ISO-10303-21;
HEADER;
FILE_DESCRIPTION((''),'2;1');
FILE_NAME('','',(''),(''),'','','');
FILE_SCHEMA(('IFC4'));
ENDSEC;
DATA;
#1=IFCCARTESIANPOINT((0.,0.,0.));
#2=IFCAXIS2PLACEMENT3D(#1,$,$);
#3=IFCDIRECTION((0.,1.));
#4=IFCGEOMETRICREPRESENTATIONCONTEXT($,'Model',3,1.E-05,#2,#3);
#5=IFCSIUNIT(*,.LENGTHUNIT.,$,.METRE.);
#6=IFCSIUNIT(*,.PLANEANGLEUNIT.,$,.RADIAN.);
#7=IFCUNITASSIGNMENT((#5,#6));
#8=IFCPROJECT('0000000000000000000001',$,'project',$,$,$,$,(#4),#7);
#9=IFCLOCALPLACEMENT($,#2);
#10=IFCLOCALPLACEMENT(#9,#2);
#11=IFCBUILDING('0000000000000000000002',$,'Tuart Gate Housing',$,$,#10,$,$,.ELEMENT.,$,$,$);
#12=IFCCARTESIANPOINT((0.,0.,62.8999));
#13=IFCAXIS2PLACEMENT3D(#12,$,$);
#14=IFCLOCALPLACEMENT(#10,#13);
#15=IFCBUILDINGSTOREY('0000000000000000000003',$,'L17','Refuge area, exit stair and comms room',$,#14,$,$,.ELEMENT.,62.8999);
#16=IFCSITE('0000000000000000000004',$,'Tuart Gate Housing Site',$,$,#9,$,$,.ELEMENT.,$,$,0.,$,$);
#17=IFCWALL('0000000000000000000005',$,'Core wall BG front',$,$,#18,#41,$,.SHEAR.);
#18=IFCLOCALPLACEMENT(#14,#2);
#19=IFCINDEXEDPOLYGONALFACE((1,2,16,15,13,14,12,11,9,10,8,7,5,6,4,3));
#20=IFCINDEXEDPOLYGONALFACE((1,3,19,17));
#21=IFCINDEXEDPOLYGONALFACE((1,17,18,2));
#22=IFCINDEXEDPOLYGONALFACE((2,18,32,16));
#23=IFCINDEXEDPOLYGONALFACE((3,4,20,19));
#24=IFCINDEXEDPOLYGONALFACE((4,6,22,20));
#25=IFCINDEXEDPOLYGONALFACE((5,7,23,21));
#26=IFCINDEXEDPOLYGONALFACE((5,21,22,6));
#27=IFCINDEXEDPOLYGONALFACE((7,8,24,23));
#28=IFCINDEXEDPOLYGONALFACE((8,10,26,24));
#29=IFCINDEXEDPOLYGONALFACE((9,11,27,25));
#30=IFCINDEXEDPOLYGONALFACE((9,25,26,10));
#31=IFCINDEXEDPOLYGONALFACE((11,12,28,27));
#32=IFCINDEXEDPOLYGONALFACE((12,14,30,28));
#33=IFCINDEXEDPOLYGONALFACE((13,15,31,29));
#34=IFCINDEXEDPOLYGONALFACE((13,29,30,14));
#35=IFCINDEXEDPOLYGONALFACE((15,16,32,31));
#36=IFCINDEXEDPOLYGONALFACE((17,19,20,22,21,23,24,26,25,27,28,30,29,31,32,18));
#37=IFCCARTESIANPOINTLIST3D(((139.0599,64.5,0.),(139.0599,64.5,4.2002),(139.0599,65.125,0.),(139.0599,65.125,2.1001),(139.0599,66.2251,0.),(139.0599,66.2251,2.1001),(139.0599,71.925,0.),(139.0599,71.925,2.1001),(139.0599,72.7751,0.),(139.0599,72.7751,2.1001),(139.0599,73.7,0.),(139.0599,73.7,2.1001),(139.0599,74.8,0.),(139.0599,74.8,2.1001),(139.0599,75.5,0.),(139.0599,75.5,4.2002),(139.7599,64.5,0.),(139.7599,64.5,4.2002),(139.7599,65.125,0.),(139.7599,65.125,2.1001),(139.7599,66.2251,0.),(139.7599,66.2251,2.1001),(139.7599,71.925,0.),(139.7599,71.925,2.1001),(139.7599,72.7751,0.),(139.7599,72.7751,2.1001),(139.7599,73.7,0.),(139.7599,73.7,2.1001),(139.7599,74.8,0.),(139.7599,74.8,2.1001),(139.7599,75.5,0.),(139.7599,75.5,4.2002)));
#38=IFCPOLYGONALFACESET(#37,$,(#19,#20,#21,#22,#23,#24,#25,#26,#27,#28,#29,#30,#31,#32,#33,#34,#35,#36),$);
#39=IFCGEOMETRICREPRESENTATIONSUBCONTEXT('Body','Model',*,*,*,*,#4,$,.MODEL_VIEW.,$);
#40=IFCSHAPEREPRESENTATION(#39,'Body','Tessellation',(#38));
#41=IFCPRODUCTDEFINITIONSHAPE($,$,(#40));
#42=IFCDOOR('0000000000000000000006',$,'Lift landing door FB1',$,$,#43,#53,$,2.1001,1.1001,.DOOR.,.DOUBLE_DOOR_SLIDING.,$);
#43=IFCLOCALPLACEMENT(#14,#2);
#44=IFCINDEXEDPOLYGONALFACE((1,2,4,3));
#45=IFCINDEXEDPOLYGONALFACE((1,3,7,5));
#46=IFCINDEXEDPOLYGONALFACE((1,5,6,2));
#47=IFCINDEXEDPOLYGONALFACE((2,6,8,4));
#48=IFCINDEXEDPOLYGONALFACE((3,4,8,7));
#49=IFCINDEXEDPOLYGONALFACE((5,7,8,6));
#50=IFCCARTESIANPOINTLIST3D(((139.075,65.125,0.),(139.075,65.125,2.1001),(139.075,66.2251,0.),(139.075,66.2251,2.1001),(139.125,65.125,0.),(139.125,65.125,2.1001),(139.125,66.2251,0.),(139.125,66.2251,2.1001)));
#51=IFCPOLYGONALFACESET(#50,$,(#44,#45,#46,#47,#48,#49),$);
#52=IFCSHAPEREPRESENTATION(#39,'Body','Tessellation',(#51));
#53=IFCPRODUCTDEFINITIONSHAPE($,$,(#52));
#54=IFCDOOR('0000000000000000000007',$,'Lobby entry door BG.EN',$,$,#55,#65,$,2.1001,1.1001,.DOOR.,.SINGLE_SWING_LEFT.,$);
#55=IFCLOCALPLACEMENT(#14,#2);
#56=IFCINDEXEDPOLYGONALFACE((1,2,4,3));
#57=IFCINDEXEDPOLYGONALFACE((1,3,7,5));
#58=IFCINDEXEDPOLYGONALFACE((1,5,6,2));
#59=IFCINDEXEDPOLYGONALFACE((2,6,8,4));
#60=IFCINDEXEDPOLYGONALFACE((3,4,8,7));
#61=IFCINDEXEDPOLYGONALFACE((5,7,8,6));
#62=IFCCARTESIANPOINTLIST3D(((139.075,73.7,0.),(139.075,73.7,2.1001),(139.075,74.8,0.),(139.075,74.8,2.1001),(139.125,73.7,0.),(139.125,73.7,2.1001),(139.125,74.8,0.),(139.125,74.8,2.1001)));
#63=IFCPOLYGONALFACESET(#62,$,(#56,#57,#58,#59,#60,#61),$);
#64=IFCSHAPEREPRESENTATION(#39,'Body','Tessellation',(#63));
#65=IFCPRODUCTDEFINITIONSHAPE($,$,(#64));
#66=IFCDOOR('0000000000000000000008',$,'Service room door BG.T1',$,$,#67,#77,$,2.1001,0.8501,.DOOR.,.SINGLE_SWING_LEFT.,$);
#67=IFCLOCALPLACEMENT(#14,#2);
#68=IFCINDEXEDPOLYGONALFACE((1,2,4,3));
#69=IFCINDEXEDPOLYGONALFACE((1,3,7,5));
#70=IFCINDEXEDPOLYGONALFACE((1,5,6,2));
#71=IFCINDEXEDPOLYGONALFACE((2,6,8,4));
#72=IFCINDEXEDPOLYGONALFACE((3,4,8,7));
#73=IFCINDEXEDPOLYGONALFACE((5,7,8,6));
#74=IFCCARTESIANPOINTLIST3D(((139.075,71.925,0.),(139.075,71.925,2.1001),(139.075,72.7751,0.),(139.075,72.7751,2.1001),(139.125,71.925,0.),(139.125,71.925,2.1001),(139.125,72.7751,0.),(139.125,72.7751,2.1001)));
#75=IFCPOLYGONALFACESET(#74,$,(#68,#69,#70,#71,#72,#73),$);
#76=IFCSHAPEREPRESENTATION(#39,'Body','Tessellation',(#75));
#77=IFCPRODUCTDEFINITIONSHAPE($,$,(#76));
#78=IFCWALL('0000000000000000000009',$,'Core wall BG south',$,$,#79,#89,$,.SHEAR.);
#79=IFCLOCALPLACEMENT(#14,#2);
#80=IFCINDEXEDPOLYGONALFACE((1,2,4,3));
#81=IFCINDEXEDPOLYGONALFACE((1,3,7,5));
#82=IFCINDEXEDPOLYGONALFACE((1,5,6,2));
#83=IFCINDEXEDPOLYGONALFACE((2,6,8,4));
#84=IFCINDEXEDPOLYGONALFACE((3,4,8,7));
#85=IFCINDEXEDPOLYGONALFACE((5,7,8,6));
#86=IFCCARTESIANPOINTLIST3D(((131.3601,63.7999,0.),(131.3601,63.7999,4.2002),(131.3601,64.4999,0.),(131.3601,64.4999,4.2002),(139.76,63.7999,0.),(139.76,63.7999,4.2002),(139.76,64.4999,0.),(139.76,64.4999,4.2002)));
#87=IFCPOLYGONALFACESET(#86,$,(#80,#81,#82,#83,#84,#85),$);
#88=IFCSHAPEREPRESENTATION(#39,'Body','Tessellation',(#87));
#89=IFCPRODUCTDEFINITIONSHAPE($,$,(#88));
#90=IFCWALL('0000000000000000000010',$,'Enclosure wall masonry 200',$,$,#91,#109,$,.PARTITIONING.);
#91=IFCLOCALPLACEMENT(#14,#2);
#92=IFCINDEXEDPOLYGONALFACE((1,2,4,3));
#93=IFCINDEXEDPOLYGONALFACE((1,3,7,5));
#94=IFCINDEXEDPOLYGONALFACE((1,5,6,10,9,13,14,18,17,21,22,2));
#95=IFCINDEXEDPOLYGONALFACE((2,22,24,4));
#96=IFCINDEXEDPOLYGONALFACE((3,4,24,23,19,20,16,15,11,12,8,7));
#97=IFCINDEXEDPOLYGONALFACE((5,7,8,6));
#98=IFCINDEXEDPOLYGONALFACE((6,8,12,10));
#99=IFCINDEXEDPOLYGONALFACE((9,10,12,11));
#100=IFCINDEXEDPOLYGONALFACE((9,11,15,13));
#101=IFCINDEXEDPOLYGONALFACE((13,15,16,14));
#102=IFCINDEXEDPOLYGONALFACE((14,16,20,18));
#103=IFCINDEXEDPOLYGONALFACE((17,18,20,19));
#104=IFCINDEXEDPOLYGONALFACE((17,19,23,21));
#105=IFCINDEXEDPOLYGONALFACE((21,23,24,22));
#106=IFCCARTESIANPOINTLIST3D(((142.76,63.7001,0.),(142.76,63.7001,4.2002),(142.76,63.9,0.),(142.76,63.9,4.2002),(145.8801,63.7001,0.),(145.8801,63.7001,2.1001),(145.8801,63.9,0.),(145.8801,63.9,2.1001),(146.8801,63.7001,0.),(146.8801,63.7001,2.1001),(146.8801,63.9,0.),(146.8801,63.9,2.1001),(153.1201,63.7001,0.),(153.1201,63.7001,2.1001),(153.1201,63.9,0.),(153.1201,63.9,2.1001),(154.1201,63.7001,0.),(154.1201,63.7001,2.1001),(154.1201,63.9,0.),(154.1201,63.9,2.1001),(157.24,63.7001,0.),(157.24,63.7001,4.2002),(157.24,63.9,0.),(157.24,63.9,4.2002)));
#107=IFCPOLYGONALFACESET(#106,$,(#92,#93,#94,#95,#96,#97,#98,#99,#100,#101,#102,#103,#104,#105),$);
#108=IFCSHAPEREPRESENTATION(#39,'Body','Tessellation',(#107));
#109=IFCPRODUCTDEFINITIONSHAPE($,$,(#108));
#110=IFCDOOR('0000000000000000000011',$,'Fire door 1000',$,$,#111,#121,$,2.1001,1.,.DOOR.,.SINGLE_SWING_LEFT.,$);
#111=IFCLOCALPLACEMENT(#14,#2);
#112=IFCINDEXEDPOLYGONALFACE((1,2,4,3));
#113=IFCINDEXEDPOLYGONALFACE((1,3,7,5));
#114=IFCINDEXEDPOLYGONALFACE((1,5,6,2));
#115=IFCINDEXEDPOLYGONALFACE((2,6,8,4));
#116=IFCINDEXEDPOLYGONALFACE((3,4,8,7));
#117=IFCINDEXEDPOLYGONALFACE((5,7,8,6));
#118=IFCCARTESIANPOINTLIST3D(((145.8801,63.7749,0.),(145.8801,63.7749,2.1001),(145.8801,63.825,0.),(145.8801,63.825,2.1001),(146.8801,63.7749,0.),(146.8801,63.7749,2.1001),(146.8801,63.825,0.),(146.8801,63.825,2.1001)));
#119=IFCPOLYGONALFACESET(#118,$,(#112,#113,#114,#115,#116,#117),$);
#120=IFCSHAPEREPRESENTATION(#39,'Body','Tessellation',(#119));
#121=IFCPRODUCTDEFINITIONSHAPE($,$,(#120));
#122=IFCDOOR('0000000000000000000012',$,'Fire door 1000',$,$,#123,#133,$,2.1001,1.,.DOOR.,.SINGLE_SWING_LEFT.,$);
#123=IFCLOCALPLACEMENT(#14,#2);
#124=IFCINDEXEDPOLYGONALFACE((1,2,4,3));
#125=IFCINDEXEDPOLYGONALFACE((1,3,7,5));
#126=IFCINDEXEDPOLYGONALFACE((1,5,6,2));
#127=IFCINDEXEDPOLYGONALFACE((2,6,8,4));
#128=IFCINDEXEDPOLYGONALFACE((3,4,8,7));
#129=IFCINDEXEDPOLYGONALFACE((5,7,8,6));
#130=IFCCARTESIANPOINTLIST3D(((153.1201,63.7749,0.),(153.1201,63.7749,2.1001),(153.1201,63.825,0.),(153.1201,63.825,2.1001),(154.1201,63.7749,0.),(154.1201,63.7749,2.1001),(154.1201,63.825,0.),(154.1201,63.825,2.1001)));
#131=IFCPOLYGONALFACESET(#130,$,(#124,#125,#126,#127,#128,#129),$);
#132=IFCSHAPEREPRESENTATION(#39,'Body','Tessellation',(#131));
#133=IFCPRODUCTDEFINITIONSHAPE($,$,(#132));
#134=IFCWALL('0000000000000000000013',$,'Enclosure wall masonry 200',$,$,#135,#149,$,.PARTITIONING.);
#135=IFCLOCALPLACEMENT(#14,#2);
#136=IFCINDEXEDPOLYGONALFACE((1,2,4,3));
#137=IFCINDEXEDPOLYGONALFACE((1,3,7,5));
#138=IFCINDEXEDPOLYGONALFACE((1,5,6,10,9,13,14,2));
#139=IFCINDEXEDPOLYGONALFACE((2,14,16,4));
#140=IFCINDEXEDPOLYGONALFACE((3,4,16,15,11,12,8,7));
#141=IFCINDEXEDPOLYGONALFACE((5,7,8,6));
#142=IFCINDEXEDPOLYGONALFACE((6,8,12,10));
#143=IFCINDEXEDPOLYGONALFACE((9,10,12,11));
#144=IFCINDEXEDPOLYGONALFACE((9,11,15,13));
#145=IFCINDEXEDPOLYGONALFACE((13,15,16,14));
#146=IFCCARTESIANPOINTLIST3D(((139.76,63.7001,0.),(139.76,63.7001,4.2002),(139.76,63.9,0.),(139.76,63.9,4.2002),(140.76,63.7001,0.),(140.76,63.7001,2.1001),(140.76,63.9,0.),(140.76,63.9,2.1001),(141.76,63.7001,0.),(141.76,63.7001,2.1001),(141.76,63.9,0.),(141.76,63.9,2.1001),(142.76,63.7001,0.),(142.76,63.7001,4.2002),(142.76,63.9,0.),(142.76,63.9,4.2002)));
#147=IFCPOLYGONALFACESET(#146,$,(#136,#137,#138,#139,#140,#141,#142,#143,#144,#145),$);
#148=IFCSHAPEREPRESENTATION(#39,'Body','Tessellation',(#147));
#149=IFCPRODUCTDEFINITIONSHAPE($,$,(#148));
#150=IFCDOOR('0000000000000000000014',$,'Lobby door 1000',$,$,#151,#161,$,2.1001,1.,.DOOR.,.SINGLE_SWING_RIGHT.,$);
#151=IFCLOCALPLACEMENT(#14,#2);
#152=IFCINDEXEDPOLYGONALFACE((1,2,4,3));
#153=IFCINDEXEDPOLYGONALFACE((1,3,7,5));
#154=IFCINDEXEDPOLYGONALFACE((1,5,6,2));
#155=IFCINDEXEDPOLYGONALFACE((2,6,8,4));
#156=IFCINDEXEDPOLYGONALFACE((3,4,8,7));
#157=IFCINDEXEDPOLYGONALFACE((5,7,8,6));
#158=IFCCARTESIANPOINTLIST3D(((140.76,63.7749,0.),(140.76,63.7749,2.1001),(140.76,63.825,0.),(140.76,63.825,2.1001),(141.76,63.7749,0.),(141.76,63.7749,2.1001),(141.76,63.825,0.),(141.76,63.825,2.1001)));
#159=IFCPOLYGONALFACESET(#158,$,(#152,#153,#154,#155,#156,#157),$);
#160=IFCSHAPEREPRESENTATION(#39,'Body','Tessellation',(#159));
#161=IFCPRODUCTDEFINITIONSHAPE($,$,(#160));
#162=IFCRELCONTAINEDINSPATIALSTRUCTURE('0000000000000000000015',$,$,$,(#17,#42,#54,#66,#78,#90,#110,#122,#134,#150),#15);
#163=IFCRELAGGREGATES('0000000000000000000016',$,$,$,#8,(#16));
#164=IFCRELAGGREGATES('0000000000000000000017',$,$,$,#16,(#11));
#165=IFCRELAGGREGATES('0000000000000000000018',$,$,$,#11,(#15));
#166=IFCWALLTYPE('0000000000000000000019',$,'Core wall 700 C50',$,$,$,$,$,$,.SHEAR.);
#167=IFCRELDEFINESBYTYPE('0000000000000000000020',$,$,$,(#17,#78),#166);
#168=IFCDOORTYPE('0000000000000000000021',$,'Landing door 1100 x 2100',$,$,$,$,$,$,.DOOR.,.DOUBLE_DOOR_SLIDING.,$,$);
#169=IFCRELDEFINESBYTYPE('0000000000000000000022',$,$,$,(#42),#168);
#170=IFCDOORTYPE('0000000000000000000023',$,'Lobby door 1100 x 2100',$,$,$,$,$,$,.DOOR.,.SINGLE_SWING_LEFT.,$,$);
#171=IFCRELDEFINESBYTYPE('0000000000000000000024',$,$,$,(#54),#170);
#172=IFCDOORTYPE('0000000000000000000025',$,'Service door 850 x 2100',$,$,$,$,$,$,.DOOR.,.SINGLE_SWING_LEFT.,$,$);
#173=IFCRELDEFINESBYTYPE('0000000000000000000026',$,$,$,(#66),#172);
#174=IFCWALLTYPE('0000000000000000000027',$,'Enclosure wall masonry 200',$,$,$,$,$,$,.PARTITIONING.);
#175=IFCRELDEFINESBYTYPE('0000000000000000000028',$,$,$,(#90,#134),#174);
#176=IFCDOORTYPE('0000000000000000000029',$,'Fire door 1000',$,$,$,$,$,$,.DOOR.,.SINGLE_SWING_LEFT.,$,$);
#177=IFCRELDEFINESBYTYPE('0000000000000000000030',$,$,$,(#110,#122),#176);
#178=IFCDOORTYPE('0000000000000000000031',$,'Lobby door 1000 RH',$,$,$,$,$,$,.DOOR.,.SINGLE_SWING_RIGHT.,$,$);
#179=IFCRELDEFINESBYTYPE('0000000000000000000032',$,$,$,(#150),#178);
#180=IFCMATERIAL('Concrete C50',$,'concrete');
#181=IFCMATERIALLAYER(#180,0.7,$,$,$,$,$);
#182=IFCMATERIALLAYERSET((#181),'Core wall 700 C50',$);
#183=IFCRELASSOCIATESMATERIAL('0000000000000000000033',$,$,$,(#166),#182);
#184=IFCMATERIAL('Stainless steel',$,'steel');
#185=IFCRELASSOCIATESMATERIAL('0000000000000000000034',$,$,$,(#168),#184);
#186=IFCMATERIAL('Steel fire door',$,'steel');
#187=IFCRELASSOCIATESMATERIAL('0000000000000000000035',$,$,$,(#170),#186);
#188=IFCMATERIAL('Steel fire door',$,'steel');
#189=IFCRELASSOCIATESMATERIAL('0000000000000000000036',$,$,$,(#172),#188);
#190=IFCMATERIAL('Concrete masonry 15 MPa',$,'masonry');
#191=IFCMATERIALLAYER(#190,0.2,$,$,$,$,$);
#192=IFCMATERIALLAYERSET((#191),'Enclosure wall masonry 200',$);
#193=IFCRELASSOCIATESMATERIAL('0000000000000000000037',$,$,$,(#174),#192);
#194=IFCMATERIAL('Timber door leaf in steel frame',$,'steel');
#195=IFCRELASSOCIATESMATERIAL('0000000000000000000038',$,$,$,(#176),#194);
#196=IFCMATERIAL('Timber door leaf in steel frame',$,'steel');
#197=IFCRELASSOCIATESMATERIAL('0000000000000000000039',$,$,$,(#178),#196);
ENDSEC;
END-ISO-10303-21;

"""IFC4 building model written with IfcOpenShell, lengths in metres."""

from ifc_helpers import new_model, si_unit, direction, frame, frame_2d, origin, place, context, subcontext, project, spatial, rectangle, extrude, material, layer, layer_set, type_object, element, fill, save


model = new_model("IFC4")

# Units and contexts
model_context = context("Model", 3, precision=1e-05, world=origin(), true_north=direction((0.0, 1.0)))
body_context = subcontext(model_context, "Body", "Model", "MODEL_VIEW")
ifc_project = project(units=[si_unit("LENGTHUNIT", "METRE"), si_unit("PLANEANGLEUNIT", "RADIAN")], contexts=[model_context])

# Site, building, storey
site_placement = place(None, origin())
site = spatial("IfcSite", under=ifc_project, at=site_placement, Name="Tuart Gate Housing Site", CompositionType="ELEMENT", RefElevation=0.0)
building_placement = place(site_placement, origin())
building = spatial("IfcBuilding", under=site, at=building_placement, Name="Tuart Gate Housing", CompositionType="ELEMENT")
storey_placement = place(building_placement, frame((0.0, 0.0, 62.8999)))
storey = spatial("IfcBuildingStorey", under=building, at=storey_placement, Name="L17", Description="Refuge area, exit stair and comms room", CompositionType="ELEMENT", Elevation=62.8999)

# Wall, openings, doors
ifc_material_1 = material(Name="Concrete C50", Category="concrete")
ifc_layer_1 = layer(ifc_material_1, 0.7)
ifc_layer_set_1 = layer_set([ifc_layer_1], Name="Core wall 700 C50")
wall_type_1 = type_object("IfcWallType", Name="Core wall 700 C50", PredefinedType="SHEAR", material=ifc_layer_set_1)
wall_1_placement = place(storey_placement, frame((139.4099, 64.5, 0.0), z_axis=(0.0, 0.0, 1.0), x_axis=(0.0, 1.0, 0.0)))
wall_1 = element("IfcWall", 1, at=wall_1_placement, inside=storey, type_object=wall_type_1, Name="Core wall BG front", PredefinedType="SHEAR", context=body_context, shape_type="SweptSolid", body=[
    extrude(rectangle(XDim=11.0, YDim=0.7, at=frame_2d((5.5, 0.0))), origin(), (0.0, 0.0, 1.0), 4.2002),
])
opening_1_placement = place(wall_1_placement, frame((0.625, 0.0, 0.0)))
opening_1 = element("IfcOpeningElement", 2, at=opening_1_placement, cuts=wall_1, PredefinedType="OPENING", context=body_context, shape_type="SweptSolid", body=[
    extrude(rectangle(XDim=1.1001, YDim=2.1001, at=frame_2d((0.55, 1.05))), frame((0.0, 0.3599, 0.0), z_axis=(0.0, -1.0, 0.0), x_axis=(1.0, 0.0, 0.0)), (0.0, 0.0, 1.0), 0.72),
])
opening_2_placement = place(wall_1_placement, frame((9.2, 0.0, 0.0)))
opening_2 = element("IfcOpeningElement", 3, at=opening_2_placement, cuts=wall_1, PredefinedType="OPENING", context=body_context, shape_type="SweptSolid", body=[
    extrude(rectangle(XDim=1.1001, YDim=2.1001, at=frame_2d((0.55, 1.05))), frame((0.0, 0.3599, 0.0), z_axis=(0.0, -1.0, 0.0), x_axis=(1.0, 0.0, 0.0)), (0.0, 0.0, 1.0), 0.72),
])
opening_3_placement = place(wall_1_placement, frame((7.425, 0.0, 0.0)))
opening_3 = element("IfcOpeningElement", 4, at=opening_3_placement, cuts=wall_1, PredefinedType="OPENING", context=body_context, shape_type="SweptSolid", body=[
    extrude(rectangle(XDim=0.8501, YDim=2.1001, at=frame_2d((0.425, 1.05))), frame((0.0, 0.3599, 0.0), z_axis=(0.0, -1.0, 0.0), x_axis=(1.0, 0.0, 0.0)), (0.0, 0.0, 1.0), 0.72),
])
ifc_material_2 = material(Name="Stainless steel", Category="steel")
door_type_1 = type_object("IfcDoorType", Name="Landing door 1100 x 2100", OperationType="DOUBLE_DOOR_SLIDING", PredefinedType="DOOR", material=ifc_material_2)
door_1_placement = place(opening_1_placement, origin())
door_1 = element("IfcDoor", 5, at=door_1_placement, inside=storey, type_object=door_type_1, Name="Lift landing door FB1", OperationType="DOUBLE_DOOR_SLIDING", OverallHeight=2.1001, OverallWidth=1.1001, PredefinedType="DOOR", context=body_context, shape_type="SweptSolid", body=[
    extrude(rectangle(XDim=1.1001, YDim=2.1001, at=frame_2d((0.55, 1.05))), frame((0.0, 0.335, 0.0), z_axis=(0.0, -1.0, 0.0), x_axis=(1.0, 0.0, 0.0)), (0.0, 0.0, 1.0), 0.05),
])
fill(opening_1, door_1)
ifc_material_3 = material(Name="Steel fire door", Category="steel")
door_type_2 = type_object("IfcDoorType", Name="Lobby door 1100 x 2100", OperationType="SINGLE_SWING_LEFT", PredefinedType="DOOR", material=ifc_material_3)
door_2_placement = place(opening_2_placement, origin())
door_2 = element("IfcDoor", 6, at=door_2_placement, inside=storey, type_object=door_type_2, Name="Lobby entry door BG.EN", OperationType="SINGLE_SWING_LEFT", OverallHeight=2.1001, OverallWidth=1.1001, PredefinedType="DOOR", context=body_context, shape_type="SweptSolid", body=[
    extrude(rectangle(XDim=1.1001, YDim=2.1001, at=frame_2d((0.55, 1.05))), frame((0.0, 0.335, 0.0), z_axis=(0.0, -1.0, 0.0), x_axis=(1.0, 0.0, 0.0)), (0.0, 0.0, 1.0), 0.05),
])
fill(opening_2, door_2)
ifc_material_4 = material(Name="Steel fire door", Category="steel")
door_type_3 = type_object("IfcDoorType", Name="Service door 850 x 2100", OperationType="SINGLE_SWING_LEFT", PredefinedType="DOOR", material=ifc_material_4)
door_3_placement = place(opening_3_placement, origin())
door_3 = element("IfcDoor", 7, at=door_3_placement, inside=storey, type_object=door_type_3, Name="Service room door BG.T1", OperationType="SINGLE_SWING_LEFT", OverallHeight=2.1001, OverallWidth=0.8501, PredefinedType="DOOR", context=body_context, shape_type="SweptSolid", body=[
    extrude(rectangle(XDim=0.8501, YDim=2.1001, at=frame_2d((0.425, 1.05))), frame((0.0, 0.335, 0.0), z_axis=(0.0, -1.0, 0.0), x_axis=(1.0, 0.0, 0.0)), (0.0, 0.0, 1.0), 0.05),
])
fill(opening_3, door_3)

# Wall
wall_2_placement = place(storey_placement, frame((139.76, 64.1499, 0.0), z_axis=(0.0, 0.0, 1.0), x_axis=(-1.0, 0.0, 0.0)))
element("IfcWall", 8, at=wall_2_placement, inside=storey, type_object=wall_type_1, Name="Core wall BG south", PredefinedType="SHEAR", context=body_context, shape_type="SweptSolid", body=[
    extrude(rectangle(XDim=8.3999, YDim=0.7, at=frame_2d((4.2, 0.0))), origin(), (0.0, 0.0, 1.0), 4.2002),
])

# Wall, openings, doors
ifc_material_5 = material(Name="Concrete masonry 15 MPa", Category="masonry")
ifc_layer_2 = layer(ifc_material_5, 0.2)
ifc_layer_set_2 = layer_set([ifc_layer_2], Name="Enclosure wall masonry 200")
wall_type_2 = type_object("IfcWallType", Name="Enclosure wall masonry 200", PredefinedType="PARTITIONING", material=ifc_layer_set_2)
wall_3_placement = place(storey_placement, frame((142.76, 63.8, 0.0), z_axis=(0.0, 0.0, 1.0), x_axis=(1.0, 0.0, 0.0)))
wall_3 = element("IfcWall", 9, at=wall_3_placement, inside=storey, type_object=wall_type_2, Name="Enclosure wall masonry 200", PredefinedType="PARTITIONING", context=body_context, shape_type="SweptSolid", body=[
    extrude(rectangle(XDim=14.48, YDim=0.2, at=frame_2d((7.24, 0.0))), origin(), (0.0, 0.0, 1.0), 4.2002),
])
opening_4_placement = place(wall_3_placement, frame((3.1201, 0.0, 0.0)))
opening_4 = element("IfcOpeningElement", 10, at=opening_4_placement, cuts=wall_3, PredefinedType="OPENING", context=body_context, shape_type="SweptSolid", body=[
    extrude(rectangle(XDim=1.0, YDim=2.1001, at=frame_2d((0.5, 1.05))), frame((0.0, 0.1099, 0.0), z_axis=(0.0, -1.0, 0.0), x_axis=(1.0, 0.0, 0.0)), (0.0, 0.0, 1.0), 0.22),
])
opening_5_placement = place(wall_3_placement, frame((10.3601, 0.0, 0.0)))
opening_5 = element("IfcOpeningElement", 11, at=opening_5_placement, cuts=wall_3, PredefinedType="OPENING", context=body_context, shape_type="SweptSolid", body=[
    extrude(rectangle(XDim=1.0, YDim=2.1001, at=frame_2d((0.5, 1.05))), frame((0.0, 0.1099, 0.0), z_axis=(0.0, -1.0, 0.0), x_axis=(1.0, 0.0, 0.0)), (0.0, 0.0, 1.0), 0.22),
])
ifc_material_6 = material(Name="Timber door leaf in steel frame", Category="steel")
door_type_4 = type_object("IfcDoorType", Name="Fire door 1000", OperationType="SINGLE_SWING_LEFT", PredefinedType="DOOR", material=ifc_material_6)
door_4_placement = place(opening_4_placement, origin())
door_4 = element("IfcDoor", 12, at=door_4_placement, inside=storey, type_object=door_type_4, Name="Fire door 1000", OperationType="SINGLE_SWING_LEFT", OverallHeight=2.1001, OverallWidth=1.0, PredefinedType="DOOR", context=body_context, shape_type="SweptSolid", body=[
    extrude(rectangle(XDim=1.0, YDim=2.1001, at=frame_2d((0.5, 1.05))), frame((0.0, 0.0249, 0.0), z_axis=(0.0, -1.0, 0.0), x_axis=(1.0, 0.0, 0.0)), (0.0, 0.0, 1.0), 0.05),
])
fill(opening_4, door_4)
door_5_placement = place(opening_5_placement, origin())
door_5 = element("IfcDoor", 13, at=door_5_placement, inside=storey, type_object=door_type_4, Name="Fire door 1000", OperationType="SINGLE_SWING_LEFT", OverallHeight=2.1001, OverallWidth=1.0, PredefinedType="DOOR", context=body_context, shape_type="SweptSolid", body=[
    extrude(rectangle(XDim=1.0, YDim=2.1001, at=frame_2d((0.5, 1.05))), frame((0.0, 0.0249, 0.0), z_axis=(0.0, -1.0, 0.0), x_axis=(1.0, 0.0, 0.0)), (0.0, 0.0, 1.0), 0.05),
])
fill(opening_5, door_5)

# Wall, opening, door
wall_4_placement = place(storey_placement, frame((139.76, 63.8, 0.0), z_axis=(0.0, 0.0, 1.0), x_axis=(1.0, 0.0, 0.0)))
wall_4 = element("IfcWall", 14, at=wall_4_placement, inside=storey, type_object=wall_type_2, Name="Enclosure wall masonry 200", PredefinedType="PARTITIONING", context=body_context, shape_type="SweptSolid", body=[
    extrude(rectangle(XDim=3.0, YDim=0.2, at=frame_2d((1.5, 0.0))), origin(), (0.0, 0.0, 1.0), 4.2002),
])
opening_6_placement = place(wall_4_placement, frame((1.0, 0.0, 0.0)))
opening_6 = element("IfcOpeningElement", 15, at=opening_6_placement, cuts=wall_4, PredefinedType="OPENING", context=body_context, shape_type="SweptSolid", body=[
    extrude(rectangle(XDim=1.0, YDim=2.1001, at=frame_2d((0.5, 1.05))), frame((0.0, 0.1099, 0.0), z_axis=(0.0, -1.0, 0.0), x_axis=(1.0, 0.0, 0.0)), (0.0, 0.0, 1.0), 0.22),
])
ifc_material_7 = material(Name="Timber door leaf in steel frame", Category="steel")
door_type_5 = type_object("IfcDoorType", Name="Lobby door 1000 RH", OperationType="SINGLE_SWING_RIGHT", PredefinedType="DOOR", material=ifc_material_7)
door_6_placement = place(opening_6_placement, origin())
door_6 = element("IfcDoor", 16, at=door_6_placement, inside=storey, type_object=door_type_5, Name="Lobby door 1000", OperationType="SINGLE_SWING_RIGHT", OverallHeight=2.1001, OverallWidth=1.0, PredefinedType="DOOR", context=body_context, shape_type="SweptSolid", body=[
    extrude(rectangle(XDim=1.0, YDim=2.1001, at=frame_2d((0.5, 1.05))), frame((0.0, 0.0249, 0.0), z_axis=(0.0, -1.0, 0.0), x_axis=(1.0, 0.0, 0.0)), (0.0, 0.0, 1.0), 0.05),
])
fill(opening_6, door_6)

save(model, "model.ifc")
